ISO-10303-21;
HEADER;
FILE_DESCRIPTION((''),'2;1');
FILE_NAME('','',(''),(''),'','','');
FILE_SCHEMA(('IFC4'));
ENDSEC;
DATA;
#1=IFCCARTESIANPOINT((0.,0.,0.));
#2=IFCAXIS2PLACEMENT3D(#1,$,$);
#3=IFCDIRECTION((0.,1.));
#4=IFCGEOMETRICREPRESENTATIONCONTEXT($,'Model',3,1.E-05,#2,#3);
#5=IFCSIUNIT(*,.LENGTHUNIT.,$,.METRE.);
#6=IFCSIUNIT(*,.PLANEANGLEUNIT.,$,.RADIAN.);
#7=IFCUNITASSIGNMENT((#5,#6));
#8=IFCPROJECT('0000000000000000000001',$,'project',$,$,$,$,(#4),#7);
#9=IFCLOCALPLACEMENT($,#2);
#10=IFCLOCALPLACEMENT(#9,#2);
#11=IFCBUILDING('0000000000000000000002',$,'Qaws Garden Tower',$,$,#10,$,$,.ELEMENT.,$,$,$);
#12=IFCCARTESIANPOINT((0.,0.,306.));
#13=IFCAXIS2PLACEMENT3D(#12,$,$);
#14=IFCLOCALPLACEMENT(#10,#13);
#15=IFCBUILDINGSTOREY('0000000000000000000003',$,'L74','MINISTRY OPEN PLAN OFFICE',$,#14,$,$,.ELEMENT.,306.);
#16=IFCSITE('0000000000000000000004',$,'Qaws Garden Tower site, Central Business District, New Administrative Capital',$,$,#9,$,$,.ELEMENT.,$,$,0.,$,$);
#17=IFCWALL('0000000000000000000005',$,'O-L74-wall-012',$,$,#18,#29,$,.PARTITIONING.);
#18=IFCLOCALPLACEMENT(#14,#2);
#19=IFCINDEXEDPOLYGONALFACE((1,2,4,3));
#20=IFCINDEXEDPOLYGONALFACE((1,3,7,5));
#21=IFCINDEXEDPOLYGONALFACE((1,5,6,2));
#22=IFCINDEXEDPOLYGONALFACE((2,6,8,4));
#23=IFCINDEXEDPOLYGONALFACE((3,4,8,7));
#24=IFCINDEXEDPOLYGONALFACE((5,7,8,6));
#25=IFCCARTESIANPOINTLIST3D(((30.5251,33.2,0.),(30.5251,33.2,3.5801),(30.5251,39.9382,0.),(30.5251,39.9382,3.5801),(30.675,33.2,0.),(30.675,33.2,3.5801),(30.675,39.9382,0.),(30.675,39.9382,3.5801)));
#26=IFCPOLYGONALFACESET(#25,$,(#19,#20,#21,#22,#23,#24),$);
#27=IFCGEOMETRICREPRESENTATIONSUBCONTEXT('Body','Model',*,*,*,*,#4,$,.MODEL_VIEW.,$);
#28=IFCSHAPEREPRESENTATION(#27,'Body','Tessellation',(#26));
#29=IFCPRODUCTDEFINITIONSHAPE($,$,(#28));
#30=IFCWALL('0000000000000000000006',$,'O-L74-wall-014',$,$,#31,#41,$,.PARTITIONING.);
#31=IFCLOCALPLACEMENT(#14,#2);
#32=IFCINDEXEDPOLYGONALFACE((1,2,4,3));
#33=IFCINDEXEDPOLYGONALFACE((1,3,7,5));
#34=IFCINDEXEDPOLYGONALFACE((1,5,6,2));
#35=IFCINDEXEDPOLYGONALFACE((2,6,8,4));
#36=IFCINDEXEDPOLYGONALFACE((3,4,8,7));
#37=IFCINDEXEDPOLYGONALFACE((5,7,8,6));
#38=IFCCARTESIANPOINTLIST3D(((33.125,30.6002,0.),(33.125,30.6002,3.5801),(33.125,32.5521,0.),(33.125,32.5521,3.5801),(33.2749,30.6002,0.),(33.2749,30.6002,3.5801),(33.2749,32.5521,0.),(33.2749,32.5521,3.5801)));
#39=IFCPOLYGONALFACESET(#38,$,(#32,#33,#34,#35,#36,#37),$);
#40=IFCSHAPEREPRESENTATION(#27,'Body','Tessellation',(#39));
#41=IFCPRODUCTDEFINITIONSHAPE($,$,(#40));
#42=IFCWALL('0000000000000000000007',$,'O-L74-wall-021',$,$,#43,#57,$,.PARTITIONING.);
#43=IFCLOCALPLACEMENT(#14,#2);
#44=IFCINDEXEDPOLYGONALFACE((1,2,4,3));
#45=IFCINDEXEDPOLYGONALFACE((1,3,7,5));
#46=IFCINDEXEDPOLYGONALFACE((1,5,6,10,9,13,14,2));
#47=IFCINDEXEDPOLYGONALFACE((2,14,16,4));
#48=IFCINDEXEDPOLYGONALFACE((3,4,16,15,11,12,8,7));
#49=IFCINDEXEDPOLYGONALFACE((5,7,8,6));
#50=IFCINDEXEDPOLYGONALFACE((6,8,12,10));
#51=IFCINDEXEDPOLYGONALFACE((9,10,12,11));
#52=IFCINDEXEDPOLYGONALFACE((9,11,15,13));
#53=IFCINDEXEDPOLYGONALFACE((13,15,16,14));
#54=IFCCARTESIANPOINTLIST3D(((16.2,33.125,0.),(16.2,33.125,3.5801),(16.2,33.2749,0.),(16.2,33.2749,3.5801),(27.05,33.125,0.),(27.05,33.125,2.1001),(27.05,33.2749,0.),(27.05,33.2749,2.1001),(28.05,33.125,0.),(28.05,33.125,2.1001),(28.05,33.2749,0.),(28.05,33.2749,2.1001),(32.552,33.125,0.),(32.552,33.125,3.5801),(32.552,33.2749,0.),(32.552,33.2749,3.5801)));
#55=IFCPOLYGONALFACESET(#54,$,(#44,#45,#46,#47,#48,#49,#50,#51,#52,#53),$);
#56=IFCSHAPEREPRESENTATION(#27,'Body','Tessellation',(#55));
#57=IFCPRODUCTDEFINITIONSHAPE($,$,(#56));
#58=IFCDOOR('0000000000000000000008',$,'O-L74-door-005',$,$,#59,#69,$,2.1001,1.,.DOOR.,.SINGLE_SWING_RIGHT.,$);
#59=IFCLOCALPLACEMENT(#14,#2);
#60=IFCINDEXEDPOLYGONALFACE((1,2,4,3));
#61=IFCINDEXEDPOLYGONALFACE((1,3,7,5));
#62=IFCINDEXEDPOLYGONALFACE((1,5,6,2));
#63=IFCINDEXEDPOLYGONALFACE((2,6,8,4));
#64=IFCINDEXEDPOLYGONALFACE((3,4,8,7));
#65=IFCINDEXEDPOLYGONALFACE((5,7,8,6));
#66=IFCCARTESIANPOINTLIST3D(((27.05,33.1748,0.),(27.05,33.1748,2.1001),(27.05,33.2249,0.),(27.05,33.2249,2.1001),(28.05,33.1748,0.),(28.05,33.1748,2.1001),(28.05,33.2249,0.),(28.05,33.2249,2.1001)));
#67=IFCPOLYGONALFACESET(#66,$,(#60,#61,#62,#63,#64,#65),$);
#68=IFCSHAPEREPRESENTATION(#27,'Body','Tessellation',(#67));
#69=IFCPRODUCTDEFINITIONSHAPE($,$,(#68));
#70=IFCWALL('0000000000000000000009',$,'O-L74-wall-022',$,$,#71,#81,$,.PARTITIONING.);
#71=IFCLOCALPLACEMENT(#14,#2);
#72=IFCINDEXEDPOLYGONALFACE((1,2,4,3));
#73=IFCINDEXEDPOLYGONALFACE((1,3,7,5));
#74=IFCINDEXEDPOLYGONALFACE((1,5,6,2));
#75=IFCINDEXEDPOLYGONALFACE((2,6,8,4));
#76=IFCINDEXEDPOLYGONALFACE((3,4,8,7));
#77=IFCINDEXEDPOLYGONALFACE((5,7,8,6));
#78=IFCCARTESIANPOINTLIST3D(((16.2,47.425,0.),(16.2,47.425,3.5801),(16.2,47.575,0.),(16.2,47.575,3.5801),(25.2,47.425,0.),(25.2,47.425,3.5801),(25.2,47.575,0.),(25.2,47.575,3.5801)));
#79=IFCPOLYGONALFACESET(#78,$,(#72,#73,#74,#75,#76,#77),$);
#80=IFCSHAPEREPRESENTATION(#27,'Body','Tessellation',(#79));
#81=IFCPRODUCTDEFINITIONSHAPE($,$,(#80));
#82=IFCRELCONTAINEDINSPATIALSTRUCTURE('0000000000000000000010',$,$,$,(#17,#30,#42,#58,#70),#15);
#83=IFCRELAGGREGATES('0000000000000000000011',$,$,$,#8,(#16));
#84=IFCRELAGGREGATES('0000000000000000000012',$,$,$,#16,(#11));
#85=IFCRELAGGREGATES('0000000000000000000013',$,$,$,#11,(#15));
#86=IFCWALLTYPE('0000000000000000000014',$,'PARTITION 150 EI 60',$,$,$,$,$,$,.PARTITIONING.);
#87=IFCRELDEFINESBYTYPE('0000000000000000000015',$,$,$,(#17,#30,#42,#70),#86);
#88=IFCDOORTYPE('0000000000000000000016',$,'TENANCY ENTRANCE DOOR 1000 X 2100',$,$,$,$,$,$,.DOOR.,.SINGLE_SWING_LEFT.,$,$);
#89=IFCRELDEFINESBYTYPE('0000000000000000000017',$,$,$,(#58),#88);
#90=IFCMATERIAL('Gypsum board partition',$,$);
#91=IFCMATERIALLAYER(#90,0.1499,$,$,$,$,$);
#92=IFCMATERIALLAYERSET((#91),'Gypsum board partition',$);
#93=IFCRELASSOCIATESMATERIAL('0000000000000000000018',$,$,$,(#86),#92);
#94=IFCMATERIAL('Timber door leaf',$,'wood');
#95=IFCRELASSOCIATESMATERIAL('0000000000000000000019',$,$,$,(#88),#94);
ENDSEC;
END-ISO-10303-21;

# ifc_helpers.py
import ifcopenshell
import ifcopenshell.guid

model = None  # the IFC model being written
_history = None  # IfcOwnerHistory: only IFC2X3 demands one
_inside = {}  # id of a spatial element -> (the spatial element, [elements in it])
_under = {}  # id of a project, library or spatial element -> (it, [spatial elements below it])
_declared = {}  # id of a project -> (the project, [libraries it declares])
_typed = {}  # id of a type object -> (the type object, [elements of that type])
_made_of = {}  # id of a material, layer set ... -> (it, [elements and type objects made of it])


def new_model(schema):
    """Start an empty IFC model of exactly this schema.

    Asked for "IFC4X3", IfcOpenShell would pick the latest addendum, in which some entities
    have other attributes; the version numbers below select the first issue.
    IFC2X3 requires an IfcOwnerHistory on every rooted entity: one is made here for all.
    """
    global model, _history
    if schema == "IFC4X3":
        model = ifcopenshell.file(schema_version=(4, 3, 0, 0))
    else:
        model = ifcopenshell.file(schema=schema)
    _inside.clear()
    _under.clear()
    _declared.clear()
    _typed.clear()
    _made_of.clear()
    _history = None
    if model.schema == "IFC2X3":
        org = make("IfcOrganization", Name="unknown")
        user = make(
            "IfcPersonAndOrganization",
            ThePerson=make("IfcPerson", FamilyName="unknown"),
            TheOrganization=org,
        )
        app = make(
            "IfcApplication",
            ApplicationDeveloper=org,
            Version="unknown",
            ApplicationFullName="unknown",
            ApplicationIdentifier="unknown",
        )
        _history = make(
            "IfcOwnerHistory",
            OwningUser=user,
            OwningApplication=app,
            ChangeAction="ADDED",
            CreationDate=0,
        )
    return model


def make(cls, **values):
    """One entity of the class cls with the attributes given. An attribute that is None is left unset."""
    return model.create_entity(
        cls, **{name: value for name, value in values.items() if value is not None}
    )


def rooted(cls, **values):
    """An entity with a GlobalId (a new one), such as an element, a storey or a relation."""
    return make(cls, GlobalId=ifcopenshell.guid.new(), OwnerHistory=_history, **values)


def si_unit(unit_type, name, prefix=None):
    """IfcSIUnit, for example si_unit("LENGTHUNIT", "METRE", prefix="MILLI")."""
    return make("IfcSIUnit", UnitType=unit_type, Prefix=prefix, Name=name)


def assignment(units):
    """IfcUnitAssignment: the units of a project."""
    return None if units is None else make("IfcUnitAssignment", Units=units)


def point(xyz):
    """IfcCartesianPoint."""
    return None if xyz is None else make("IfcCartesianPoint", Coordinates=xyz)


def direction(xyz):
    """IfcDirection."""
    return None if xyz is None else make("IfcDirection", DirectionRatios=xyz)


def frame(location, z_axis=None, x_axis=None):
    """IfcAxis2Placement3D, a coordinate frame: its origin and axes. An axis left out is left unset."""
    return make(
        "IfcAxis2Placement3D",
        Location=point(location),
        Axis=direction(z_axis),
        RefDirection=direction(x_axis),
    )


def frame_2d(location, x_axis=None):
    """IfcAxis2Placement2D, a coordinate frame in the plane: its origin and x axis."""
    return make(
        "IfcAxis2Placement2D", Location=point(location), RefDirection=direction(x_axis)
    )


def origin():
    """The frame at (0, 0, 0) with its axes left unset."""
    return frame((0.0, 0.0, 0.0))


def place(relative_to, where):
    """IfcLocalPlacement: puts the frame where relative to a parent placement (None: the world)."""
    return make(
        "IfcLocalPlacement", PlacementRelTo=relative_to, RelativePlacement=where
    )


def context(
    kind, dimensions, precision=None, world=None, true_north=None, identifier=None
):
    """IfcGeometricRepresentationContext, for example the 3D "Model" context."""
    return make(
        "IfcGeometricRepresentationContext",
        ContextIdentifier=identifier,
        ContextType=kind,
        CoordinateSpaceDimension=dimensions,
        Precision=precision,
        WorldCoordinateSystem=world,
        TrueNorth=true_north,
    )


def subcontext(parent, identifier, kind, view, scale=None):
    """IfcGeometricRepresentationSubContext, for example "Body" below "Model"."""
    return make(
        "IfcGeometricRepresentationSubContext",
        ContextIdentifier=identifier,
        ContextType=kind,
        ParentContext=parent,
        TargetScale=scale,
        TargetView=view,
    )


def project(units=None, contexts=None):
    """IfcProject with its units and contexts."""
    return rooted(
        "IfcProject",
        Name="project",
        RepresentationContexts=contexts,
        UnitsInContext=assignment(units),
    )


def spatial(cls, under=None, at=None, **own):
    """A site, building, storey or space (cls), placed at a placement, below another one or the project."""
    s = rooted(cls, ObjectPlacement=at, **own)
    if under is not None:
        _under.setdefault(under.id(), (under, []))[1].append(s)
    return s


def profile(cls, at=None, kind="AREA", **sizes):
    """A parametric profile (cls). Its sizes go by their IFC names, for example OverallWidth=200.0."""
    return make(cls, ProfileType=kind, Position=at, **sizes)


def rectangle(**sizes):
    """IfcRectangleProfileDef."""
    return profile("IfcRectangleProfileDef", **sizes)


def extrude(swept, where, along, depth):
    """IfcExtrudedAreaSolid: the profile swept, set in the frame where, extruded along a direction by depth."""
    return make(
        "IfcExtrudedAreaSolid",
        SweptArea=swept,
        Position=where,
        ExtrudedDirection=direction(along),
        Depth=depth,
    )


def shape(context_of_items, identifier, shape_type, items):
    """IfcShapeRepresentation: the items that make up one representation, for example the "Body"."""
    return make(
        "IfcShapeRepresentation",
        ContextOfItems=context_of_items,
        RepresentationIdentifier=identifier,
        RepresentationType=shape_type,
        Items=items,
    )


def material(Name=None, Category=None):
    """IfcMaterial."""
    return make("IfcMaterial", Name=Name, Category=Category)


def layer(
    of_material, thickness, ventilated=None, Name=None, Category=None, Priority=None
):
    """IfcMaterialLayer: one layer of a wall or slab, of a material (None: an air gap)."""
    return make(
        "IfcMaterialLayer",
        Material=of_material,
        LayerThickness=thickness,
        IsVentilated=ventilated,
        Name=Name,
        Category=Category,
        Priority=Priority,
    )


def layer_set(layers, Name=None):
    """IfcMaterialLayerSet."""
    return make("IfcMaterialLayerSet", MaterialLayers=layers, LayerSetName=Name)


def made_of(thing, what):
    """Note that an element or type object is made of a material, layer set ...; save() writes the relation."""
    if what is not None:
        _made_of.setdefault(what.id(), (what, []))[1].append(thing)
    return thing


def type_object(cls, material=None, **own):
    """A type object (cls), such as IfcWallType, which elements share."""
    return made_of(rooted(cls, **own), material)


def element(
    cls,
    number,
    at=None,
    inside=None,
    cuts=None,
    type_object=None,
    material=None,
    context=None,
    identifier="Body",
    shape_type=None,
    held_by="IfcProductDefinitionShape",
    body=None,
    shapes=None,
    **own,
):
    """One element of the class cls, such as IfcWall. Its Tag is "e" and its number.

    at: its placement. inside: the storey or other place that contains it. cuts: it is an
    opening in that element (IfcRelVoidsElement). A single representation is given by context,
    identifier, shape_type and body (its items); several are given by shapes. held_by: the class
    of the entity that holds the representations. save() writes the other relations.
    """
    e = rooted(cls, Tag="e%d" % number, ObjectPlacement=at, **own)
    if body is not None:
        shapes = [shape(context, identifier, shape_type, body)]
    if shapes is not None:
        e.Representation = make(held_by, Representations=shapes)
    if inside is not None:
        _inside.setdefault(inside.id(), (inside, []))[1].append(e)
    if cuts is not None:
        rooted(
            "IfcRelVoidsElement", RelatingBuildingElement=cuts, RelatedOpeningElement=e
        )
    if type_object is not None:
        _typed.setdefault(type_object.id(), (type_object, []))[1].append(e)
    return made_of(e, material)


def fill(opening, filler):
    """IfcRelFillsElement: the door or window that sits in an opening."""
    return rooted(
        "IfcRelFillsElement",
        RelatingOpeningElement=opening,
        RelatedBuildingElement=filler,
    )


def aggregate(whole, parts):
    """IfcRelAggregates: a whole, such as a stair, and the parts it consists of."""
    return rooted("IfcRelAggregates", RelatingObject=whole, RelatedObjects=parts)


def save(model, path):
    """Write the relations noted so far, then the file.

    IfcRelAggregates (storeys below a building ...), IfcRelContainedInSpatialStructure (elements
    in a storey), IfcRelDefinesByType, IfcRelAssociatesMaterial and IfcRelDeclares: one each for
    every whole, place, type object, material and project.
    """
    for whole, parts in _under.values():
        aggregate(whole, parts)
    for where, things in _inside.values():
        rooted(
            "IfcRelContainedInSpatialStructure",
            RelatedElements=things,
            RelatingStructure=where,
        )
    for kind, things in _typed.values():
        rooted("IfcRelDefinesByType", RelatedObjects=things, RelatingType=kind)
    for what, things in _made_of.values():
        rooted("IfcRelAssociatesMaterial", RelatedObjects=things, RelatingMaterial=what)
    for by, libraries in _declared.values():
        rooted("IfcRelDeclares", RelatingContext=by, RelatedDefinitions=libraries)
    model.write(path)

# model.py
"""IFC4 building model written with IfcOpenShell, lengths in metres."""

from ifc_helpers import new_model, si_unit, direction, frame, frame_2d, origin, place, context, subcontext, project, spatial, rectangle, extrude, material, layer, layer_set, type_object, element, fill, save


model = new_model("IFC4")

# Units and contexts
model_context = context("Model", 3, precision=1e-05, world=origin(), true_north=direction((0.0, 1.0)))
body_context = subcontext(model_context, "Body", "Model", "MODEL_VIEW")
ifc_project = project(units=[si_unit("LENGTHUNIT", "METRE"), si_unit("PLANEANGLEUNIT", "RADIAN")], contexts=[model_context])

# Site, building, storey
site_placement = place(None, origin())
site = spatial("IfcSite", under=ifc_project, at=site_placement, Name="Qaws Garden Tower site, Central Business District, New Administrative Capital", CompositionType="ELEMENT", RefElevation=0.0)
building_placement = place(site_placement, origin())
building = spatial("IfcBuilding", under=site, at=building_placement, Name="Qaws Garden Tower", CompositionType="ELEMENT")
storey_placement = place(building_placement, frame((0.0, 0.0, 306.0)))
storey = spatial("IfcBuildingStorey", under=building, at=storey_placement, Name="L74", Description="MINISTRY OPEN PLAN OFFICE", CompositionType="ELEMENT", Elevation=306.0)

# Walls
ifc_material_1 = material(Name="Gypsum board partition")
ifc_layer_1 = layer(ifc_material_1, 0.1499)
ifc_layer_set_1 = layer_set([ifc_layer_1], Name="Gypsum board partition")
wall_type_1 = type_object("IfcWallType", Name="PARTITION 150 EI 60", PredefinedType="PARTITIONING", material=ifc_layer_set_1)
wall_1_placement = place(storey_placement, frame((30.6001, 33.2, 0.0), z_axis=(0.0, 0.0, 1.0), x_axis=(0.0, 1.0, 0.0)))
element("IfcWall", 1, at=wall_1_placement, inside=storey, type_object=wall_type_1, Name="O-L74-wall-012", PredefinedType="PARTITIONING", context=body_context, shape_type="SweptSolid", body=[
    extrude(rectangle(XDim=6.7383, YDim=0.1499, at=frame_2d((3.3691, 0.0))), origin(), (0.0, 0.0, 1.0), 3.5801),
])
wall_2_placement = place(storey_placement, frame((33.2, 30.6001, 0.0), z_axis=(0.0, 0.0, 1.0), x_axis=(0.0, 1.0, 0.0)))
element("IfcWall", 2, at=wall_2_placement, inside=storey, type_object=wall_type_1, Name="O-L74-wall-014", PredefinedType="PARTITIONING", context=body_context, shape_type="SweptSolid", body=[
    extrude(rectangle(XDim=1.9519, YDim=0.1499, at=frame_2d((0.9761, 0.0))), origin(), (0.0, 0.0, 1.0), 3.5801),
])

# Wall, opening, door
wall_3_placement = place(storey_placement, frame((16.2, 33.2, 0.0), z_axis=(0.0, 0.0, 1.0), x_axis=(1.0, 0.0, 0.0)))
wall_3 = element("IfcWall", 3, at=wall_3_placement, inside=storey, type_object=wall_type_1, Name="O-L74-wall-021", PredefinedType="PARTITIONING", context=body_context, shape_type="SweptSolid", body=[
    extrude(rectangle(XDim=16.3521, YDim=0.1499, at=frame_2d((8.176, 0.0))), origin(), (0.0, 0.0, 1.0), 3.5801),
])
opening_1_placement = place(wall_3_placement, frame((10.8501, 0.0, 0.0)))
opening_1 = element("IfcOpeningElement", 4, at=opening_1_placement, cuts=wall_3, PredefinedType="OPENING", context=body_context, shape_type="SweptSolid", body=[
    extrude(rectangle(XDim=1.0, YDim=2.1001, at=frame_2d((0.5, 1.05))), frame((0.0, 0.085, 0.0), z_axis=(0.0, -1.0, 0.0), x_axis=(1.0, 0.0, 0.0)), (0.0, 0.0, 1.0), 0.1699),
])
ifc_material_2 = material(Name="Timber door leaf", Category="wood")
door_type_1 = type_object("IfcDoorType", Name="TENANCY ENTRANCE DOOR 1000 X 2100", OperationType="SINGLE_SWING_LEFT", PredefinedType="DOOR", material=ifc_material_2)
door_1_placement = place(opening_1_placement, origin())
door_1 = element("IfcDoor", 5, at=door_1_placement, inside=storey, type_object=door_type_1, Name="O-L74-door-005", OperationType="SINGLE_SWING_RIGHT", OverallHeight=2.1001, OverallWidth=1.0, PredefinedType="DOOR", context=body_context, shape_type="SweptSolid", body=[
    extrude(rectangle(XDim=1.0, YDim=2.1001, at=frame_2d((0.5, 1.05))), frame((0.0, 0.0249, 0.0), z_axis=(0.0, -1.0, 0.0), x_axis=(1.0, 0.0, 0.0)), (0.0, 0.0, 1.0), 0.05),
])
fill(opening_1, door_1)

# Wall
wall_4_placement = place(storey_placement, frame((16.2, 47.5, 0.0), z_axis=(0.0, 0.0, 1.0), x_axis=(1.0, 0.0, 0.0)))
element("IfcWall", 6, at=wall_4_placement, inside=storey, type_object=wall_type_1, Name="O-L74-wall-022", PredefinedType="PARTITIONING", context=body_context, shape_type="SweptSolid", body=[
    extrude(rectangle(XDim=9.0, YDim=0.1499, at=frame_2d((4.5, 0.0))), origin(), (0.0, 0.0, 1.0), 3.5801),
])

save(model, "model.ifc")
